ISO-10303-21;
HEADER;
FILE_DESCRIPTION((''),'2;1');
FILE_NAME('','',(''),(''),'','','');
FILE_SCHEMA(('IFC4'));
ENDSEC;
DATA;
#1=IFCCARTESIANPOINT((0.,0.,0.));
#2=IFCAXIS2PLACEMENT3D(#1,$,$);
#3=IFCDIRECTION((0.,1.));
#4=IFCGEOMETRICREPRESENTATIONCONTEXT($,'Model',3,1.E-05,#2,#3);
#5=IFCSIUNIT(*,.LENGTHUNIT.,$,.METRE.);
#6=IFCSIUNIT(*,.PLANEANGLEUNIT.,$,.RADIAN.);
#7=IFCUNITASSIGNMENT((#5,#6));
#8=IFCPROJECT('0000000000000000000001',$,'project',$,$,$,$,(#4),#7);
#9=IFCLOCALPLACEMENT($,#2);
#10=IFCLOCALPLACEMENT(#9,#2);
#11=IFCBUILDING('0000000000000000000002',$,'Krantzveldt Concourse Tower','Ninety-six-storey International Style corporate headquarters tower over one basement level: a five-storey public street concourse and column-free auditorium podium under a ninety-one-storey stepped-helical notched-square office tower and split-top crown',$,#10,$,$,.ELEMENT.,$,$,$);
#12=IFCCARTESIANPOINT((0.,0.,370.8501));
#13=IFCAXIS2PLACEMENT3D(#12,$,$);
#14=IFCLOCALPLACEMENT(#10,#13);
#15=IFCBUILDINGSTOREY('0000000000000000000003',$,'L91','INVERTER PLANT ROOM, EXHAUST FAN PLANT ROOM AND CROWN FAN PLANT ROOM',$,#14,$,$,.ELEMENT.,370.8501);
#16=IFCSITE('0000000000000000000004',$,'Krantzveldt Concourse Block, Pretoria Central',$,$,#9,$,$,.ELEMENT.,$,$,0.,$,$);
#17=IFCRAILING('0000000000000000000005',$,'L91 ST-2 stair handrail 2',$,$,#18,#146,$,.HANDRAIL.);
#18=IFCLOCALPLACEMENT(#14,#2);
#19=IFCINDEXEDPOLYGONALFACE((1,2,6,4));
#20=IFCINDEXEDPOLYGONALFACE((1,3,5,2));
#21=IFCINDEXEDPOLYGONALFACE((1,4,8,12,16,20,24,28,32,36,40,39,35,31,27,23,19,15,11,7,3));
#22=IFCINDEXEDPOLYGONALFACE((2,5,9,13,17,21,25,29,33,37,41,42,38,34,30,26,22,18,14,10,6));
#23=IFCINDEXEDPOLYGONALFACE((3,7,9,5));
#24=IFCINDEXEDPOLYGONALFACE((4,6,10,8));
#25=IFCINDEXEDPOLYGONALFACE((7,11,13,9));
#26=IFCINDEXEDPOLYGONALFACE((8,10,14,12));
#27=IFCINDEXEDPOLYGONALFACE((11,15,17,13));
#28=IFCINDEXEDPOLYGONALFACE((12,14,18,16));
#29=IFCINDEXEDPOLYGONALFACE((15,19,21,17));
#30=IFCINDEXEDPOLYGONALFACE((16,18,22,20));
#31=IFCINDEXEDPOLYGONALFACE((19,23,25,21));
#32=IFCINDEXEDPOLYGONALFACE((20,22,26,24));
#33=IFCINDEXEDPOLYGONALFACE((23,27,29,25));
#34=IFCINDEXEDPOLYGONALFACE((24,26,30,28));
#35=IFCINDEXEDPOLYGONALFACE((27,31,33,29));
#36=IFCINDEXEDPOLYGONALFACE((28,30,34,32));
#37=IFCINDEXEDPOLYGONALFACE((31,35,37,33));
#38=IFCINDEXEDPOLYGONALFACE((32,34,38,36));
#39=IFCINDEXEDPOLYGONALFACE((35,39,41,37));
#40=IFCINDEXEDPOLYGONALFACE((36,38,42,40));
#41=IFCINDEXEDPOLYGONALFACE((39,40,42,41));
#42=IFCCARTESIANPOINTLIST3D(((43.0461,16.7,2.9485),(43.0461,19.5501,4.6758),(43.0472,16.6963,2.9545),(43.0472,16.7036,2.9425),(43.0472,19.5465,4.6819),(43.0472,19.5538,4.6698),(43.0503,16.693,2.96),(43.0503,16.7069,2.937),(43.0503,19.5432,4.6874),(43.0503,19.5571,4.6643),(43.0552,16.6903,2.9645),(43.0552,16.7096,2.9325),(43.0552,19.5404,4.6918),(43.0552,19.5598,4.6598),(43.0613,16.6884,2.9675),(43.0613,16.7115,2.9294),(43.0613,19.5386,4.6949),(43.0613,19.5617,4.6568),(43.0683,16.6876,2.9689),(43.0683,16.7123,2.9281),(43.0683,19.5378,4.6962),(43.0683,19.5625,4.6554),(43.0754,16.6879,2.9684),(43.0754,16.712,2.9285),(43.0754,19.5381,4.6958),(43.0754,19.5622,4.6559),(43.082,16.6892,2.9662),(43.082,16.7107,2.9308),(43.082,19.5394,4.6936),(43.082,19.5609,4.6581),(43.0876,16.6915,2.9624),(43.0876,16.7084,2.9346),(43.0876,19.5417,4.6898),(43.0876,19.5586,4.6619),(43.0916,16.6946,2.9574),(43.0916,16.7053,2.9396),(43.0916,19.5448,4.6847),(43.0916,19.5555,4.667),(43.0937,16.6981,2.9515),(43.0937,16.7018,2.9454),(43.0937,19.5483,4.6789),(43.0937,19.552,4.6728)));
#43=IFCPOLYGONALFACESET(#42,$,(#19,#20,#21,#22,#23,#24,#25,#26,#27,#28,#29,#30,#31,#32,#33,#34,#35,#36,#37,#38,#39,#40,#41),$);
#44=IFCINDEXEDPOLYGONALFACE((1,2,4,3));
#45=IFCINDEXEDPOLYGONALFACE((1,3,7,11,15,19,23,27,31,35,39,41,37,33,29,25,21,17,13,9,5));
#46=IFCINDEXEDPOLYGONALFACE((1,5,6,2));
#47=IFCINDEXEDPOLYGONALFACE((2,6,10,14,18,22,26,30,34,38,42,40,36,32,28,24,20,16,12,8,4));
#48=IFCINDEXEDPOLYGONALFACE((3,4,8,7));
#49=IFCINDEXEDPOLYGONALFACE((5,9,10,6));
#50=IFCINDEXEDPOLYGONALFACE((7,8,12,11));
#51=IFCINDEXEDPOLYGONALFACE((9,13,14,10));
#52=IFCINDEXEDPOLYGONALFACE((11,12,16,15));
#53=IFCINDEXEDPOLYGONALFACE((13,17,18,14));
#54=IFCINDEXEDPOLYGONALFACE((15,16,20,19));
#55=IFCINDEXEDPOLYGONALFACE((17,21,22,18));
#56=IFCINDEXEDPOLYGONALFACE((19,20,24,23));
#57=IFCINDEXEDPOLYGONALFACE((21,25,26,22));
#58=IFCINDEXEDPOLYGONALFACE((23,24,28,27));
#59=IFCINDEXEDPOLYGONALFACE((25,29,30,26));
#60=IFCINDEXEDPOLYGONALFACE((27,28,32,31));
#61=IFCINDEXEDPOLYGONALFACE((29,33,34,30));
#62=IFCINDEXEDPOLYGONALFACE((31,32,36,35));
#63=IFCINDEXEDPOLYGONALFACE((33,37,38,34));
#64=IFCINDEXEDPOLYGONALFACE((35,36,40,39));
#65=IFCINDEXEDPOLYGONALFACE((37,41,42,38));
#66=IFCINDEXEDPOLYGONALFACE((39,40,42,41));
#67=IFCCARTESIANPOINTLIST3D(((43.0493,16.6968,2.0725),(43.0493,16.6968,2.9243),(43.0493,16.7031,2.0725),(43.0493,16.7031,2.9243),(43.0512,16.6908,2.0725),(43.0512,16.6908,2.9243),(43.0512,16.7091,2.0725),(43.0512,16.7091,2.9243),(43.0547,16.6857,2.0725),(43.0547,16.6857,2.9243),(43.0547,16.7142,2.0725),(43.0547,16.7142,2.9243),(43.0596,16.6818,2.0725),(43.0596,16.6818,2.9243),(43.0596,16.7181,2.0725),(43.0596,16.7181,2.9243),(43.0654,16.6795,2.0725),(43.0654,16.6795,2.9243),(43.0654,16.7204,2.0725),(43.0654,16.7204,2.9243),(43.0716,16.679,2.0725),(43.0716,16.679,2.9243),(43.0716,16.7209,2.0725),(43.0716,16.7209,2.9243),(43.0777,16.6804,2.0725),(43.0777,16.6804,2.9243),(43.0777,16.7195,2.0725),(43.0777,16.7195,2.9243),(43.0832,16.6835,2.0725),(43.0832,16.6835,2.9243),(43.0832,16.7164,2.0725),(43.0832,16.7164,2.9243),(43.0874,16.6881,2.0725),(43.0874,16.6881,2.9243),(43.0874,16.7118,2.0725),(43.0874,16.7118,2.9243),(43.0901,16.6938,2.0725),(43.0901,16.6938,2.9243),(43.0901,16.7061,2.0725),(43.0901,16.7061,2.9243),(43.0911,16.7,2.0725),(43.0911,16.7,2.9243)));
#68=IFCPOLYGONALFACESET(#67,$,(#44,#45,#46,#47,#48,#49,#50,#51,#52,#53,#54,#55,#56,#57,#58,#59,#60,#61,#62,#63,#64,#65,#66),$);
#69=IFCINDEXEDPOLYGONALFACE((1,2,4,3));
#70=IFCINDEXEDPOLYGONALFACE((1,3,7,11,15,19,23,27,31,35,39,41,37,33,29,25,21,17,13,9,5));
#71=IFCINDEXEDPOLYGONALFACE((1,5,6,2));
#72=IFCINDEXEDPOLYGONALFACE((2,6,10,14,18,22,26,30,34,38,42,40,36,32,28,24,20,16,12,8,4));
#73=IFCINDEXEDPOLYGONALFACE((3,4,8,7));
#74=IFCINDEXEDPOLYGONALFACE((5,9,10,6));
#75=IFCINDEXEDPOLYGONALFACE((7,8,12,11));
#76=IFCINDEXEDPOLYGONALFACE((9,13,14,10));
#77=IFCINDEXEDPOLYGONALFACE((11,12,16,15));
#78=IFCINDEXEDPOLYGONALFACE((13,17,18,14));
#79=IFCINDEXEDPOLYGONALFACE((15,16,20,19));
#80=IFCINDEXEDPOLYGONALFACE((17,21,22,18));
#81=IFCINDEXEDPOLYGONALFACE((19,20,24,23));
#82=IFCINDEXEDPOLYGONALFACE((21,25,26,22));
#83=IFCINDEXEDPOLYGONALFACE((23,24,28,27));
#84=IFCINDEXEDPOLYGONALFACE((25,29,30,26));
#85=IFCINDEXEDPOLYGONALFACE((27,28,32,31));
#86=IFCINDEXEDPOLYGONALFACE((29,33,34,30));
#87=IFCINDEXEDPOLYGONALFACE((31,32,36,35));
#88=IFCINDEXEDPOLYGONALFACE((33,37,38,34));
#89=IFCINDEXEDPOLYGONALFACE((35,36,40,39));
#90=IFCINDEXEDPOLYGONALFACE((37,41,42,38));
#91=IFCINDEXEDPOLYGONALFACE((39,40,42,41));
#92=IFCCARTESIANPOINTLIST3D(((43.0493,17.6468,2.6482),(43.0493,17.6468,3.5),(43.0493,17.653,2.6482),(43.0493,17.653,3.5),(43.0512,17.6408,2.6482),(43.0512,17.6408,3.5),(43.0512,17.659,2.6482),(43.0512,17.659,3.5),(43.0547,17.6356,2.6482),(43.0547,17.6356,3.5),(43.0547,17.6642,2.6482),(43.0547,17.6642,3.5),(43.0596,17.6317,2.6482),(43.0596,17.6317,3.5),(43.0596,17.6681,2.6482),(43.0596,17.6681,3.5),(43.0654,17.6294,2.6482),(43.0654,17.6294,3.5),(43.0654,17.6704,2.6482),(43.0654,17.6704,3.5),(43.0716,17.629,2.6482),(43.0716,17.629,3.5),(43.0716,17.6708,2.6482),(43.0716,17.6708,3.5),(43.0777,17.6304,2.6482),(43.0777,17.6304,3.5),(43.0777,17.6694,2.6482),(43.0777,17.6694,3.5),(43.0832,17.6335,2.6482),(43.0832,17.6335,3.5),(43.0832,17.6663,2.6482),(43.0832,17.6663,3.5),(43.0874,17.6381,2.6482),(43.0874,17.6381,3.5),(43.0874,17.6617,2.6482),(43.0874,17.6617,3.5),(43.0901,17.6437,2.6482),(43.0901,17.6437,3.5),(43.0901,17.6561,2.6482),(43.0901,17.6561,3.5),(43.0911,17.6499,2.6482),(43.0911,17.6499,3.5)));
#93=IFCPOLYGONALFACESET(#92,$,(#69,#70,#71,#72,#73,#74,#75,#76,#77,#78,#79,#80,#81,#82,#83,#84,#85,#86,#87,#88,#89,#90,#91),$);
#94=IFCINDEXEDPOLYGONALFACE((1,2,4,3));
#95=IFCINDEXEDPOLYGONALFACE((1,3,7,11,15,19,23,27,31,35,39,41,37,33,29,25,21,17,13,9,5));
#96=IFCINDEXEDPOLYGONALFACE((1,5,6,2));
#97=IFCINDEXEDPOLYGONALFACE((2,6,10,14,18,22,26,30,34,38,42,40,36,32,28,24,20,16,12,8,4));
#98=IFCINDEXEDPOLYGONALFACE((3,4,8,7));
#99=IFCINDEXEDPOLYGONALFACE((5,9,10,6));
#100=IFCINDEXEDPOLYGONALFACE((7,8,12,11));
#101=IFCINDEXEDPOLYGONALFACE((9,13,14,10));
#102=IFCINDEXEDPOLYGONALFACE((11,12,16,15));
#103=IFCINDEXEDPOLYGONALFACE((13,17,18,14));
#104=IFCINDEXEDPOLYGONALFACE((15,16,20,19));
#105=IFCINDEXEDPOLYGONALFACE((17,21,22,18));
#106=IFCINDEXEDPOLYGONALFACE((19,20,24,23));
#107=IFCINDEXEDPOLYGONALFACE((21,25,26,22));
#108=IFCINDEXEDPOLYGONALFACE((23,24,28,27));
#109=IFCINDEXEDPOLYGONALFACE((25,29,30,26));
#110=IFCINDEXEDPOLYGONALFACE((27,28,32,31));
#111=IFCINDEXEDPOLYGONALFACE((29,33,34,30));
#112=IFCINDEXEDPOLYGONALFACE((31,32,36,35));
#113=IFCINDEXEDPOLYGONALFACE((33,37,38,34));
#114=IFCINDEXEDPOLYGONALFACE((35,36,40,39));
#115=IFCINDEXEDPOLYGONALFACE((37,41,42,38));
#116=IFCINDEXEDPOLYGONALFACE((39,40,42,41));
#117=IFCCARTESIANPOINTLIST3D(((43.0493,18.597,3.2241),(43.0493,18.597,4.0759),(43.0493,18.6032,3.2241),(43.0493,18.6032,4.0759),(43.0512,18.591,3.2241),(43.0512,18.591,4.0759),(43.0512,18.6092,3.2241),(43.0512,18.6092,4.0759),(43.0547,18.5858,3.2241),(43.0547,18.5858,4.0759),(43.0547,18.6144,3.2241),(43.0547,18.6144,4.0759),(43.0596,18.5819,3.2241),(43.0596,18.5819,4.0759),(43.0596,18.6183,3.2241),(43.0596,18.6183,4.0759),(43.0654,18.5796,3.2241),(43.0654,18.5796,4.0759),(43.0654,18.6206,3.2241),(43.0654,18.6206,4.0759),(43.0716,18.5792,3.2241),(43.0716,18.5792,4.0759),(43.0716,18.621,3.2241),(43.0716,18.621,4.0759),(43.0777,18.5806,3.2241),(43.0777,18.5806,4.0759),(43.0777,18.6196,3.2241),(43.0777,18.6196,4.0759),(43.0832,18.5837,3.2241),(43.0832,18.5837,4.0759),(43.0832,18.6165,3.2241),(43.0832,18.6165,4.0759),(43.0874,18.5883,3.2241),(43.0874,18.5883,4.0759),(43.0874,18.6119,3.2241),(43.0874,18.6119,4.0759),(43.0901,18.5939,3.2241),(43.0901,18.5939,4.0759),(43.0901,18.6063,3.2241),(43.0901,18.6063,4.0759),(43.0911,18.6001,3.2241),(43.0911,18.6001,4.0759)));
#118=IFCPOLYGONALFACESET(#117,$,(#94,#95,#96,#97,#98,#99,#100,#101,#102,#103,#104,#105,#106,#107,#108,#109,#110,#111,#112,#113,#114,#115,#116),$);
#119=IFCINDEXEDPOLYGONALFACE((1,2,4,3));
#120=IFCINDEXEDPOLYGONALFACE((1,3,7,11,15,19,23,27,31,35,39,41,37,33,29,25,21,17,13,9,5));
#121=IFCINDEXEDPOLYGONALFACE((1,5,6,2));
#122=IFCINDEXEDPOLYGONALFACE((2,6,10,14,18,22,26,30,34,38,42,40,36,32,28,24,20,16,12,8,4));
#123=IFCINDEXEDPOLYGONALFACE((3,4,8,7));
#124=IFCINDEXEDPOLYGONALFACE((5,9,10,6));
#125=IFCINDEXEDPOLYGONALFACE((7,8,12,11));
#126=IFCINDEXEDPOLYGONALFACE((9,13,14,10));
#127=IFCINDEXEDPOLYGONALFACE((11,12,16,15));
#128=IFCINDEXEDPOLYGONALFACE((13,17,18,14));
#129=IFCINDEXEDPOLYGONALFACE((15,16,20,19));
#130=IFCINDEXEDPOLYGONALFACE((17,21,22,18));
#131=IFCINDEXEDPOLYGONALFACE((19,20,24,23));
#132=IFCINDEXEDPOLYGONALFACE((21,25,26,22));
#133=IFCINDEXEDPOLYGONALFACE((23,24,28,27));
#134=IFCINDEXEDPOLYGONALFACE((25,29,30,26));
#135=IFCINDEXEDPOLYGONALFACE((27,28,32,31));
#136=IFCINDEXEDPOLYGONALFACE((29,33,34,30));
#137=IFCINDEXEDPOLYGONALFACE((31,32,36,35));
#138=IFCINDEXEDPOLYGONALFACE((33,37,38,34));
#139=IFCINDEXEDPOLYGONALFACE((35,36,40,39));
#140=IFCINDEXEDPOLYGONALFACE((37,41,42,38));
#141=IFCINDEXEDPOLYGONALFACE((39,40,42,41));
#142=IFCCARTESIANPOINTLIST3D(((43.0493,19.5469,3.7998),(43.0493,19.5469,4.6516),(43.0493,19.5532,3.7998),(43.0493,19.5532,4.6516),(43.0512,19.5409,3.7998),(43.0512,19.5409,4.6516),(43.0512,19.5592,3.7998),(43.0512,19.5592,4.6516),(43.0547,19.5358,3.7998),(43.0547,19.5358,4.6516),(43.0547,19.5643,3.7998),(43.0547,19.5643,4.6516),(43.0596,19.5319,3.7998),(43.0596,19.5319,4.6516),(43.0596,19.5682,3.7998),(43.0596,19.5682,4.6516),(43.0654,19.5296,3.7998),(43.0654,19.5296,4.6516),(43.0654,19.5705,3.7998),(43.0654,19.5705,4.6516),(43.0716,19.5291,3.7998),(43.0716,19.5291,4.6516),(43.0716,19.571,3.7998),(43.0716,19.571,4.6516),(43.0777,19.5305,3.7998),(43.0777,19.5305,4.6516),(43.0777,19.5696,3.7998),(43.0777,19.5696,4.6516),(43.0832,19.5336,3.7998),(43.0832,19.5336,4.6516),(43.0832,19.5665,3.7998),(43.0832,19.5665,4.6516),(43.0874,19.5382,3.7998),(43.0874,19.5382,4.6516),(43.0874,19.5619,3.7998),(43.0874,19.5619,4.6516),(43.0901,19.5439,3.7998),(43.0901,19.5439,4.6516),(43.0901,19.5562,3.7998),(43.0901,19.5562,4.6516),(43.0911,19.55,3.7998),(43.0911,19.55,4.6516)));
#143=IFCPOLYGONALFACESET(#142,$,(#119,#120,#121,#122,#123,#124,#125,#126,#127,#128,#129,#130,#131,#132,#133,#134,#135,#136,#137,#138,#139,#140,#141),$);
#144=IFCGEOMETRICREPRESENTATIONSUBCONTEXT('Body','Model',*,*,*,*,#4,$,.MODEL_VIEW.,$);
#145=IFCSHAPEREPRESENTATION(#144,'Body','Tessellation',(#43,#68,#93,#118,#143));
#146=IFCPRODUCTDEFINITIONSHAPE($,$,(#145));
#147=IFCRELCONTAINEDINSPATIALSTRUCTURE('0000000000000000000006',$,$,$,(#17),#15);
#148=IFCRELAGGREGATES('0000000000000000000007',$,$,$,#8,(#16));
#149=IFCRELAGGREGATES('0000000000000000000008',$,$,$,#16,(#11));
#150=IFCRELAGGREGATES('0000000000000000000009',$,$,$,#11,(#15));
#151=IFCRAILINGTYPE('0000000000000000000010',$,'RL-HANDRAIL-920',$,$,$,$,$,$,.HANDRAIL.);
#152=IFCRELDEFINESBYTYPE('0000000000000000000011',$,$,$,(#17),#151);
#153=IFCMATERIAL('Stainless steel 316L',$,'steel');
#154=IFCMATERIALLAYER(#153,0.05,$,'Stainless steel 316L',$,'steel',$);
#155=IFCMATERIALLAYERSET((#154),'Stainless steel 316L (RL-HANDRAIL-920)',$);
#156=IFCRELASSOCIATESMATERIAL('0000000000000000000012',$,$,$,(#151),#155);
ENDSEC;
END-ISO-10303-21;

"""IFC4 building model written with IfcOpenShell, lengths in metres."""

from ifc_helpers import new_model, si_unit, direction, frame, origin, origin_2d, place, context, subcontext, project, spatial, circle, extrude, material, layer, layer_set, type_object, element, save


model = new_model("IFC4")

# Units and contexts
model_context = context("Model", 3, precision=1e-05, world=origin(), true_north=direction((0.0, 1.0)))
body_context = subcontext(model_context, "Body", "Model", "MODEL_VIEW")
ifc_project = project(units=[si_unit("LENGTHUNIT", "METRE"), si_unit("PLANEANGLEUNIT", "RADIAN")], contexts=[model_context])

# Site, building, storey
site_placement = place(None, origin())
site = spatial("IfcSite", under=ifc_project, at=site_placement, Name="Krantzveldt Concourse Block, Pretoria Central", CompositionType="ELEMENT", RefElevation=0.0)
building_placement = place(site_placement, origin())
building = spatial("IfcBuilding", under=site, at=building_placement, Name="Krantzveldt Concourse Tower", Description="Ninety-six-storey International Style corporate headquarters tower over one basement level: a five-storey public street concourse and column-free auditorium podium under a ninety-one-storey stepped-helical notched-square office tower and split-top crown", CompositionType="ELEMENT")
storey_placement = place(building_placement, frame((0.0, 0.0, 370.8501)))
storey = spatial("IfcBuildingStorey", under=building, at=storey_placement, Name="L91", Description="INVERTER PLANT ROOM, EXHAUST FAN PLANT ROOM AND CROWN FAN PLANT ROOM", CompositionType="ELEMENT", Elevation=370.8501)

# Railing
ifc_material_1 = material(Name="Stainless steel 316L", Category="steel")
ifc_layer_1 = layer(ifc_material_1, 0.05, Name="Stainless steel 316L", Category="steel")
ifc_layer_set_1 = layer_set([ifc_layer_1], Name="Stainless steel 316L (RL-HANDRAIL-920)")
railing_type = type_object("IfcRailingType", Name="RL-HANDRAIL-920", PredefinedType="HANDRAIL", material=ifc_layer_set_1)
railing_placement = place(storey_placement, frame((43.0701, 16.7, 2.0725)))
element("IfcRailing", 1, at=railing_placement, inside=storey, type_object=railing_type, Name="L91 ST-2 stair handrail 2", PredefinedType="HANDRAIL", context=body_context, shape_type="SweptSolid", body=[
    extrude(circle(Radius=0.0239, at=origin_2d()), frame((0.0, 0.0, 0.876), z_axis=(0.0, 0.855203, 0.518294), x_axis=(-1.0, 0.0, 0.0)), (0.0, 0.0, 1.0), 3.3328),
    extrude(circle(Radius=0.021, at=origin_2d()), origin(), (0.0, 0.0, 1.0), 0.8518),
    extrude(circle(Radius=0.021, at=origin_2d()), frame((0.0, 0.95, 0.5757)), (0.0, 0.0, 1.0), 0.8518),
    extrude(circle(Radius=0.021, at=origin_2d()), frame((0.0, 1.9001, 1.1516)), (0.0, 0.0, 1.0), 0.8518),
    extrude(circle(Radius=0.021, at=origin_2d()), frame((0.0, 2.8501, 1.7273)), (0.0, 0.0, 1.0), 0.8518),
])

save(model, "model.ifc")
